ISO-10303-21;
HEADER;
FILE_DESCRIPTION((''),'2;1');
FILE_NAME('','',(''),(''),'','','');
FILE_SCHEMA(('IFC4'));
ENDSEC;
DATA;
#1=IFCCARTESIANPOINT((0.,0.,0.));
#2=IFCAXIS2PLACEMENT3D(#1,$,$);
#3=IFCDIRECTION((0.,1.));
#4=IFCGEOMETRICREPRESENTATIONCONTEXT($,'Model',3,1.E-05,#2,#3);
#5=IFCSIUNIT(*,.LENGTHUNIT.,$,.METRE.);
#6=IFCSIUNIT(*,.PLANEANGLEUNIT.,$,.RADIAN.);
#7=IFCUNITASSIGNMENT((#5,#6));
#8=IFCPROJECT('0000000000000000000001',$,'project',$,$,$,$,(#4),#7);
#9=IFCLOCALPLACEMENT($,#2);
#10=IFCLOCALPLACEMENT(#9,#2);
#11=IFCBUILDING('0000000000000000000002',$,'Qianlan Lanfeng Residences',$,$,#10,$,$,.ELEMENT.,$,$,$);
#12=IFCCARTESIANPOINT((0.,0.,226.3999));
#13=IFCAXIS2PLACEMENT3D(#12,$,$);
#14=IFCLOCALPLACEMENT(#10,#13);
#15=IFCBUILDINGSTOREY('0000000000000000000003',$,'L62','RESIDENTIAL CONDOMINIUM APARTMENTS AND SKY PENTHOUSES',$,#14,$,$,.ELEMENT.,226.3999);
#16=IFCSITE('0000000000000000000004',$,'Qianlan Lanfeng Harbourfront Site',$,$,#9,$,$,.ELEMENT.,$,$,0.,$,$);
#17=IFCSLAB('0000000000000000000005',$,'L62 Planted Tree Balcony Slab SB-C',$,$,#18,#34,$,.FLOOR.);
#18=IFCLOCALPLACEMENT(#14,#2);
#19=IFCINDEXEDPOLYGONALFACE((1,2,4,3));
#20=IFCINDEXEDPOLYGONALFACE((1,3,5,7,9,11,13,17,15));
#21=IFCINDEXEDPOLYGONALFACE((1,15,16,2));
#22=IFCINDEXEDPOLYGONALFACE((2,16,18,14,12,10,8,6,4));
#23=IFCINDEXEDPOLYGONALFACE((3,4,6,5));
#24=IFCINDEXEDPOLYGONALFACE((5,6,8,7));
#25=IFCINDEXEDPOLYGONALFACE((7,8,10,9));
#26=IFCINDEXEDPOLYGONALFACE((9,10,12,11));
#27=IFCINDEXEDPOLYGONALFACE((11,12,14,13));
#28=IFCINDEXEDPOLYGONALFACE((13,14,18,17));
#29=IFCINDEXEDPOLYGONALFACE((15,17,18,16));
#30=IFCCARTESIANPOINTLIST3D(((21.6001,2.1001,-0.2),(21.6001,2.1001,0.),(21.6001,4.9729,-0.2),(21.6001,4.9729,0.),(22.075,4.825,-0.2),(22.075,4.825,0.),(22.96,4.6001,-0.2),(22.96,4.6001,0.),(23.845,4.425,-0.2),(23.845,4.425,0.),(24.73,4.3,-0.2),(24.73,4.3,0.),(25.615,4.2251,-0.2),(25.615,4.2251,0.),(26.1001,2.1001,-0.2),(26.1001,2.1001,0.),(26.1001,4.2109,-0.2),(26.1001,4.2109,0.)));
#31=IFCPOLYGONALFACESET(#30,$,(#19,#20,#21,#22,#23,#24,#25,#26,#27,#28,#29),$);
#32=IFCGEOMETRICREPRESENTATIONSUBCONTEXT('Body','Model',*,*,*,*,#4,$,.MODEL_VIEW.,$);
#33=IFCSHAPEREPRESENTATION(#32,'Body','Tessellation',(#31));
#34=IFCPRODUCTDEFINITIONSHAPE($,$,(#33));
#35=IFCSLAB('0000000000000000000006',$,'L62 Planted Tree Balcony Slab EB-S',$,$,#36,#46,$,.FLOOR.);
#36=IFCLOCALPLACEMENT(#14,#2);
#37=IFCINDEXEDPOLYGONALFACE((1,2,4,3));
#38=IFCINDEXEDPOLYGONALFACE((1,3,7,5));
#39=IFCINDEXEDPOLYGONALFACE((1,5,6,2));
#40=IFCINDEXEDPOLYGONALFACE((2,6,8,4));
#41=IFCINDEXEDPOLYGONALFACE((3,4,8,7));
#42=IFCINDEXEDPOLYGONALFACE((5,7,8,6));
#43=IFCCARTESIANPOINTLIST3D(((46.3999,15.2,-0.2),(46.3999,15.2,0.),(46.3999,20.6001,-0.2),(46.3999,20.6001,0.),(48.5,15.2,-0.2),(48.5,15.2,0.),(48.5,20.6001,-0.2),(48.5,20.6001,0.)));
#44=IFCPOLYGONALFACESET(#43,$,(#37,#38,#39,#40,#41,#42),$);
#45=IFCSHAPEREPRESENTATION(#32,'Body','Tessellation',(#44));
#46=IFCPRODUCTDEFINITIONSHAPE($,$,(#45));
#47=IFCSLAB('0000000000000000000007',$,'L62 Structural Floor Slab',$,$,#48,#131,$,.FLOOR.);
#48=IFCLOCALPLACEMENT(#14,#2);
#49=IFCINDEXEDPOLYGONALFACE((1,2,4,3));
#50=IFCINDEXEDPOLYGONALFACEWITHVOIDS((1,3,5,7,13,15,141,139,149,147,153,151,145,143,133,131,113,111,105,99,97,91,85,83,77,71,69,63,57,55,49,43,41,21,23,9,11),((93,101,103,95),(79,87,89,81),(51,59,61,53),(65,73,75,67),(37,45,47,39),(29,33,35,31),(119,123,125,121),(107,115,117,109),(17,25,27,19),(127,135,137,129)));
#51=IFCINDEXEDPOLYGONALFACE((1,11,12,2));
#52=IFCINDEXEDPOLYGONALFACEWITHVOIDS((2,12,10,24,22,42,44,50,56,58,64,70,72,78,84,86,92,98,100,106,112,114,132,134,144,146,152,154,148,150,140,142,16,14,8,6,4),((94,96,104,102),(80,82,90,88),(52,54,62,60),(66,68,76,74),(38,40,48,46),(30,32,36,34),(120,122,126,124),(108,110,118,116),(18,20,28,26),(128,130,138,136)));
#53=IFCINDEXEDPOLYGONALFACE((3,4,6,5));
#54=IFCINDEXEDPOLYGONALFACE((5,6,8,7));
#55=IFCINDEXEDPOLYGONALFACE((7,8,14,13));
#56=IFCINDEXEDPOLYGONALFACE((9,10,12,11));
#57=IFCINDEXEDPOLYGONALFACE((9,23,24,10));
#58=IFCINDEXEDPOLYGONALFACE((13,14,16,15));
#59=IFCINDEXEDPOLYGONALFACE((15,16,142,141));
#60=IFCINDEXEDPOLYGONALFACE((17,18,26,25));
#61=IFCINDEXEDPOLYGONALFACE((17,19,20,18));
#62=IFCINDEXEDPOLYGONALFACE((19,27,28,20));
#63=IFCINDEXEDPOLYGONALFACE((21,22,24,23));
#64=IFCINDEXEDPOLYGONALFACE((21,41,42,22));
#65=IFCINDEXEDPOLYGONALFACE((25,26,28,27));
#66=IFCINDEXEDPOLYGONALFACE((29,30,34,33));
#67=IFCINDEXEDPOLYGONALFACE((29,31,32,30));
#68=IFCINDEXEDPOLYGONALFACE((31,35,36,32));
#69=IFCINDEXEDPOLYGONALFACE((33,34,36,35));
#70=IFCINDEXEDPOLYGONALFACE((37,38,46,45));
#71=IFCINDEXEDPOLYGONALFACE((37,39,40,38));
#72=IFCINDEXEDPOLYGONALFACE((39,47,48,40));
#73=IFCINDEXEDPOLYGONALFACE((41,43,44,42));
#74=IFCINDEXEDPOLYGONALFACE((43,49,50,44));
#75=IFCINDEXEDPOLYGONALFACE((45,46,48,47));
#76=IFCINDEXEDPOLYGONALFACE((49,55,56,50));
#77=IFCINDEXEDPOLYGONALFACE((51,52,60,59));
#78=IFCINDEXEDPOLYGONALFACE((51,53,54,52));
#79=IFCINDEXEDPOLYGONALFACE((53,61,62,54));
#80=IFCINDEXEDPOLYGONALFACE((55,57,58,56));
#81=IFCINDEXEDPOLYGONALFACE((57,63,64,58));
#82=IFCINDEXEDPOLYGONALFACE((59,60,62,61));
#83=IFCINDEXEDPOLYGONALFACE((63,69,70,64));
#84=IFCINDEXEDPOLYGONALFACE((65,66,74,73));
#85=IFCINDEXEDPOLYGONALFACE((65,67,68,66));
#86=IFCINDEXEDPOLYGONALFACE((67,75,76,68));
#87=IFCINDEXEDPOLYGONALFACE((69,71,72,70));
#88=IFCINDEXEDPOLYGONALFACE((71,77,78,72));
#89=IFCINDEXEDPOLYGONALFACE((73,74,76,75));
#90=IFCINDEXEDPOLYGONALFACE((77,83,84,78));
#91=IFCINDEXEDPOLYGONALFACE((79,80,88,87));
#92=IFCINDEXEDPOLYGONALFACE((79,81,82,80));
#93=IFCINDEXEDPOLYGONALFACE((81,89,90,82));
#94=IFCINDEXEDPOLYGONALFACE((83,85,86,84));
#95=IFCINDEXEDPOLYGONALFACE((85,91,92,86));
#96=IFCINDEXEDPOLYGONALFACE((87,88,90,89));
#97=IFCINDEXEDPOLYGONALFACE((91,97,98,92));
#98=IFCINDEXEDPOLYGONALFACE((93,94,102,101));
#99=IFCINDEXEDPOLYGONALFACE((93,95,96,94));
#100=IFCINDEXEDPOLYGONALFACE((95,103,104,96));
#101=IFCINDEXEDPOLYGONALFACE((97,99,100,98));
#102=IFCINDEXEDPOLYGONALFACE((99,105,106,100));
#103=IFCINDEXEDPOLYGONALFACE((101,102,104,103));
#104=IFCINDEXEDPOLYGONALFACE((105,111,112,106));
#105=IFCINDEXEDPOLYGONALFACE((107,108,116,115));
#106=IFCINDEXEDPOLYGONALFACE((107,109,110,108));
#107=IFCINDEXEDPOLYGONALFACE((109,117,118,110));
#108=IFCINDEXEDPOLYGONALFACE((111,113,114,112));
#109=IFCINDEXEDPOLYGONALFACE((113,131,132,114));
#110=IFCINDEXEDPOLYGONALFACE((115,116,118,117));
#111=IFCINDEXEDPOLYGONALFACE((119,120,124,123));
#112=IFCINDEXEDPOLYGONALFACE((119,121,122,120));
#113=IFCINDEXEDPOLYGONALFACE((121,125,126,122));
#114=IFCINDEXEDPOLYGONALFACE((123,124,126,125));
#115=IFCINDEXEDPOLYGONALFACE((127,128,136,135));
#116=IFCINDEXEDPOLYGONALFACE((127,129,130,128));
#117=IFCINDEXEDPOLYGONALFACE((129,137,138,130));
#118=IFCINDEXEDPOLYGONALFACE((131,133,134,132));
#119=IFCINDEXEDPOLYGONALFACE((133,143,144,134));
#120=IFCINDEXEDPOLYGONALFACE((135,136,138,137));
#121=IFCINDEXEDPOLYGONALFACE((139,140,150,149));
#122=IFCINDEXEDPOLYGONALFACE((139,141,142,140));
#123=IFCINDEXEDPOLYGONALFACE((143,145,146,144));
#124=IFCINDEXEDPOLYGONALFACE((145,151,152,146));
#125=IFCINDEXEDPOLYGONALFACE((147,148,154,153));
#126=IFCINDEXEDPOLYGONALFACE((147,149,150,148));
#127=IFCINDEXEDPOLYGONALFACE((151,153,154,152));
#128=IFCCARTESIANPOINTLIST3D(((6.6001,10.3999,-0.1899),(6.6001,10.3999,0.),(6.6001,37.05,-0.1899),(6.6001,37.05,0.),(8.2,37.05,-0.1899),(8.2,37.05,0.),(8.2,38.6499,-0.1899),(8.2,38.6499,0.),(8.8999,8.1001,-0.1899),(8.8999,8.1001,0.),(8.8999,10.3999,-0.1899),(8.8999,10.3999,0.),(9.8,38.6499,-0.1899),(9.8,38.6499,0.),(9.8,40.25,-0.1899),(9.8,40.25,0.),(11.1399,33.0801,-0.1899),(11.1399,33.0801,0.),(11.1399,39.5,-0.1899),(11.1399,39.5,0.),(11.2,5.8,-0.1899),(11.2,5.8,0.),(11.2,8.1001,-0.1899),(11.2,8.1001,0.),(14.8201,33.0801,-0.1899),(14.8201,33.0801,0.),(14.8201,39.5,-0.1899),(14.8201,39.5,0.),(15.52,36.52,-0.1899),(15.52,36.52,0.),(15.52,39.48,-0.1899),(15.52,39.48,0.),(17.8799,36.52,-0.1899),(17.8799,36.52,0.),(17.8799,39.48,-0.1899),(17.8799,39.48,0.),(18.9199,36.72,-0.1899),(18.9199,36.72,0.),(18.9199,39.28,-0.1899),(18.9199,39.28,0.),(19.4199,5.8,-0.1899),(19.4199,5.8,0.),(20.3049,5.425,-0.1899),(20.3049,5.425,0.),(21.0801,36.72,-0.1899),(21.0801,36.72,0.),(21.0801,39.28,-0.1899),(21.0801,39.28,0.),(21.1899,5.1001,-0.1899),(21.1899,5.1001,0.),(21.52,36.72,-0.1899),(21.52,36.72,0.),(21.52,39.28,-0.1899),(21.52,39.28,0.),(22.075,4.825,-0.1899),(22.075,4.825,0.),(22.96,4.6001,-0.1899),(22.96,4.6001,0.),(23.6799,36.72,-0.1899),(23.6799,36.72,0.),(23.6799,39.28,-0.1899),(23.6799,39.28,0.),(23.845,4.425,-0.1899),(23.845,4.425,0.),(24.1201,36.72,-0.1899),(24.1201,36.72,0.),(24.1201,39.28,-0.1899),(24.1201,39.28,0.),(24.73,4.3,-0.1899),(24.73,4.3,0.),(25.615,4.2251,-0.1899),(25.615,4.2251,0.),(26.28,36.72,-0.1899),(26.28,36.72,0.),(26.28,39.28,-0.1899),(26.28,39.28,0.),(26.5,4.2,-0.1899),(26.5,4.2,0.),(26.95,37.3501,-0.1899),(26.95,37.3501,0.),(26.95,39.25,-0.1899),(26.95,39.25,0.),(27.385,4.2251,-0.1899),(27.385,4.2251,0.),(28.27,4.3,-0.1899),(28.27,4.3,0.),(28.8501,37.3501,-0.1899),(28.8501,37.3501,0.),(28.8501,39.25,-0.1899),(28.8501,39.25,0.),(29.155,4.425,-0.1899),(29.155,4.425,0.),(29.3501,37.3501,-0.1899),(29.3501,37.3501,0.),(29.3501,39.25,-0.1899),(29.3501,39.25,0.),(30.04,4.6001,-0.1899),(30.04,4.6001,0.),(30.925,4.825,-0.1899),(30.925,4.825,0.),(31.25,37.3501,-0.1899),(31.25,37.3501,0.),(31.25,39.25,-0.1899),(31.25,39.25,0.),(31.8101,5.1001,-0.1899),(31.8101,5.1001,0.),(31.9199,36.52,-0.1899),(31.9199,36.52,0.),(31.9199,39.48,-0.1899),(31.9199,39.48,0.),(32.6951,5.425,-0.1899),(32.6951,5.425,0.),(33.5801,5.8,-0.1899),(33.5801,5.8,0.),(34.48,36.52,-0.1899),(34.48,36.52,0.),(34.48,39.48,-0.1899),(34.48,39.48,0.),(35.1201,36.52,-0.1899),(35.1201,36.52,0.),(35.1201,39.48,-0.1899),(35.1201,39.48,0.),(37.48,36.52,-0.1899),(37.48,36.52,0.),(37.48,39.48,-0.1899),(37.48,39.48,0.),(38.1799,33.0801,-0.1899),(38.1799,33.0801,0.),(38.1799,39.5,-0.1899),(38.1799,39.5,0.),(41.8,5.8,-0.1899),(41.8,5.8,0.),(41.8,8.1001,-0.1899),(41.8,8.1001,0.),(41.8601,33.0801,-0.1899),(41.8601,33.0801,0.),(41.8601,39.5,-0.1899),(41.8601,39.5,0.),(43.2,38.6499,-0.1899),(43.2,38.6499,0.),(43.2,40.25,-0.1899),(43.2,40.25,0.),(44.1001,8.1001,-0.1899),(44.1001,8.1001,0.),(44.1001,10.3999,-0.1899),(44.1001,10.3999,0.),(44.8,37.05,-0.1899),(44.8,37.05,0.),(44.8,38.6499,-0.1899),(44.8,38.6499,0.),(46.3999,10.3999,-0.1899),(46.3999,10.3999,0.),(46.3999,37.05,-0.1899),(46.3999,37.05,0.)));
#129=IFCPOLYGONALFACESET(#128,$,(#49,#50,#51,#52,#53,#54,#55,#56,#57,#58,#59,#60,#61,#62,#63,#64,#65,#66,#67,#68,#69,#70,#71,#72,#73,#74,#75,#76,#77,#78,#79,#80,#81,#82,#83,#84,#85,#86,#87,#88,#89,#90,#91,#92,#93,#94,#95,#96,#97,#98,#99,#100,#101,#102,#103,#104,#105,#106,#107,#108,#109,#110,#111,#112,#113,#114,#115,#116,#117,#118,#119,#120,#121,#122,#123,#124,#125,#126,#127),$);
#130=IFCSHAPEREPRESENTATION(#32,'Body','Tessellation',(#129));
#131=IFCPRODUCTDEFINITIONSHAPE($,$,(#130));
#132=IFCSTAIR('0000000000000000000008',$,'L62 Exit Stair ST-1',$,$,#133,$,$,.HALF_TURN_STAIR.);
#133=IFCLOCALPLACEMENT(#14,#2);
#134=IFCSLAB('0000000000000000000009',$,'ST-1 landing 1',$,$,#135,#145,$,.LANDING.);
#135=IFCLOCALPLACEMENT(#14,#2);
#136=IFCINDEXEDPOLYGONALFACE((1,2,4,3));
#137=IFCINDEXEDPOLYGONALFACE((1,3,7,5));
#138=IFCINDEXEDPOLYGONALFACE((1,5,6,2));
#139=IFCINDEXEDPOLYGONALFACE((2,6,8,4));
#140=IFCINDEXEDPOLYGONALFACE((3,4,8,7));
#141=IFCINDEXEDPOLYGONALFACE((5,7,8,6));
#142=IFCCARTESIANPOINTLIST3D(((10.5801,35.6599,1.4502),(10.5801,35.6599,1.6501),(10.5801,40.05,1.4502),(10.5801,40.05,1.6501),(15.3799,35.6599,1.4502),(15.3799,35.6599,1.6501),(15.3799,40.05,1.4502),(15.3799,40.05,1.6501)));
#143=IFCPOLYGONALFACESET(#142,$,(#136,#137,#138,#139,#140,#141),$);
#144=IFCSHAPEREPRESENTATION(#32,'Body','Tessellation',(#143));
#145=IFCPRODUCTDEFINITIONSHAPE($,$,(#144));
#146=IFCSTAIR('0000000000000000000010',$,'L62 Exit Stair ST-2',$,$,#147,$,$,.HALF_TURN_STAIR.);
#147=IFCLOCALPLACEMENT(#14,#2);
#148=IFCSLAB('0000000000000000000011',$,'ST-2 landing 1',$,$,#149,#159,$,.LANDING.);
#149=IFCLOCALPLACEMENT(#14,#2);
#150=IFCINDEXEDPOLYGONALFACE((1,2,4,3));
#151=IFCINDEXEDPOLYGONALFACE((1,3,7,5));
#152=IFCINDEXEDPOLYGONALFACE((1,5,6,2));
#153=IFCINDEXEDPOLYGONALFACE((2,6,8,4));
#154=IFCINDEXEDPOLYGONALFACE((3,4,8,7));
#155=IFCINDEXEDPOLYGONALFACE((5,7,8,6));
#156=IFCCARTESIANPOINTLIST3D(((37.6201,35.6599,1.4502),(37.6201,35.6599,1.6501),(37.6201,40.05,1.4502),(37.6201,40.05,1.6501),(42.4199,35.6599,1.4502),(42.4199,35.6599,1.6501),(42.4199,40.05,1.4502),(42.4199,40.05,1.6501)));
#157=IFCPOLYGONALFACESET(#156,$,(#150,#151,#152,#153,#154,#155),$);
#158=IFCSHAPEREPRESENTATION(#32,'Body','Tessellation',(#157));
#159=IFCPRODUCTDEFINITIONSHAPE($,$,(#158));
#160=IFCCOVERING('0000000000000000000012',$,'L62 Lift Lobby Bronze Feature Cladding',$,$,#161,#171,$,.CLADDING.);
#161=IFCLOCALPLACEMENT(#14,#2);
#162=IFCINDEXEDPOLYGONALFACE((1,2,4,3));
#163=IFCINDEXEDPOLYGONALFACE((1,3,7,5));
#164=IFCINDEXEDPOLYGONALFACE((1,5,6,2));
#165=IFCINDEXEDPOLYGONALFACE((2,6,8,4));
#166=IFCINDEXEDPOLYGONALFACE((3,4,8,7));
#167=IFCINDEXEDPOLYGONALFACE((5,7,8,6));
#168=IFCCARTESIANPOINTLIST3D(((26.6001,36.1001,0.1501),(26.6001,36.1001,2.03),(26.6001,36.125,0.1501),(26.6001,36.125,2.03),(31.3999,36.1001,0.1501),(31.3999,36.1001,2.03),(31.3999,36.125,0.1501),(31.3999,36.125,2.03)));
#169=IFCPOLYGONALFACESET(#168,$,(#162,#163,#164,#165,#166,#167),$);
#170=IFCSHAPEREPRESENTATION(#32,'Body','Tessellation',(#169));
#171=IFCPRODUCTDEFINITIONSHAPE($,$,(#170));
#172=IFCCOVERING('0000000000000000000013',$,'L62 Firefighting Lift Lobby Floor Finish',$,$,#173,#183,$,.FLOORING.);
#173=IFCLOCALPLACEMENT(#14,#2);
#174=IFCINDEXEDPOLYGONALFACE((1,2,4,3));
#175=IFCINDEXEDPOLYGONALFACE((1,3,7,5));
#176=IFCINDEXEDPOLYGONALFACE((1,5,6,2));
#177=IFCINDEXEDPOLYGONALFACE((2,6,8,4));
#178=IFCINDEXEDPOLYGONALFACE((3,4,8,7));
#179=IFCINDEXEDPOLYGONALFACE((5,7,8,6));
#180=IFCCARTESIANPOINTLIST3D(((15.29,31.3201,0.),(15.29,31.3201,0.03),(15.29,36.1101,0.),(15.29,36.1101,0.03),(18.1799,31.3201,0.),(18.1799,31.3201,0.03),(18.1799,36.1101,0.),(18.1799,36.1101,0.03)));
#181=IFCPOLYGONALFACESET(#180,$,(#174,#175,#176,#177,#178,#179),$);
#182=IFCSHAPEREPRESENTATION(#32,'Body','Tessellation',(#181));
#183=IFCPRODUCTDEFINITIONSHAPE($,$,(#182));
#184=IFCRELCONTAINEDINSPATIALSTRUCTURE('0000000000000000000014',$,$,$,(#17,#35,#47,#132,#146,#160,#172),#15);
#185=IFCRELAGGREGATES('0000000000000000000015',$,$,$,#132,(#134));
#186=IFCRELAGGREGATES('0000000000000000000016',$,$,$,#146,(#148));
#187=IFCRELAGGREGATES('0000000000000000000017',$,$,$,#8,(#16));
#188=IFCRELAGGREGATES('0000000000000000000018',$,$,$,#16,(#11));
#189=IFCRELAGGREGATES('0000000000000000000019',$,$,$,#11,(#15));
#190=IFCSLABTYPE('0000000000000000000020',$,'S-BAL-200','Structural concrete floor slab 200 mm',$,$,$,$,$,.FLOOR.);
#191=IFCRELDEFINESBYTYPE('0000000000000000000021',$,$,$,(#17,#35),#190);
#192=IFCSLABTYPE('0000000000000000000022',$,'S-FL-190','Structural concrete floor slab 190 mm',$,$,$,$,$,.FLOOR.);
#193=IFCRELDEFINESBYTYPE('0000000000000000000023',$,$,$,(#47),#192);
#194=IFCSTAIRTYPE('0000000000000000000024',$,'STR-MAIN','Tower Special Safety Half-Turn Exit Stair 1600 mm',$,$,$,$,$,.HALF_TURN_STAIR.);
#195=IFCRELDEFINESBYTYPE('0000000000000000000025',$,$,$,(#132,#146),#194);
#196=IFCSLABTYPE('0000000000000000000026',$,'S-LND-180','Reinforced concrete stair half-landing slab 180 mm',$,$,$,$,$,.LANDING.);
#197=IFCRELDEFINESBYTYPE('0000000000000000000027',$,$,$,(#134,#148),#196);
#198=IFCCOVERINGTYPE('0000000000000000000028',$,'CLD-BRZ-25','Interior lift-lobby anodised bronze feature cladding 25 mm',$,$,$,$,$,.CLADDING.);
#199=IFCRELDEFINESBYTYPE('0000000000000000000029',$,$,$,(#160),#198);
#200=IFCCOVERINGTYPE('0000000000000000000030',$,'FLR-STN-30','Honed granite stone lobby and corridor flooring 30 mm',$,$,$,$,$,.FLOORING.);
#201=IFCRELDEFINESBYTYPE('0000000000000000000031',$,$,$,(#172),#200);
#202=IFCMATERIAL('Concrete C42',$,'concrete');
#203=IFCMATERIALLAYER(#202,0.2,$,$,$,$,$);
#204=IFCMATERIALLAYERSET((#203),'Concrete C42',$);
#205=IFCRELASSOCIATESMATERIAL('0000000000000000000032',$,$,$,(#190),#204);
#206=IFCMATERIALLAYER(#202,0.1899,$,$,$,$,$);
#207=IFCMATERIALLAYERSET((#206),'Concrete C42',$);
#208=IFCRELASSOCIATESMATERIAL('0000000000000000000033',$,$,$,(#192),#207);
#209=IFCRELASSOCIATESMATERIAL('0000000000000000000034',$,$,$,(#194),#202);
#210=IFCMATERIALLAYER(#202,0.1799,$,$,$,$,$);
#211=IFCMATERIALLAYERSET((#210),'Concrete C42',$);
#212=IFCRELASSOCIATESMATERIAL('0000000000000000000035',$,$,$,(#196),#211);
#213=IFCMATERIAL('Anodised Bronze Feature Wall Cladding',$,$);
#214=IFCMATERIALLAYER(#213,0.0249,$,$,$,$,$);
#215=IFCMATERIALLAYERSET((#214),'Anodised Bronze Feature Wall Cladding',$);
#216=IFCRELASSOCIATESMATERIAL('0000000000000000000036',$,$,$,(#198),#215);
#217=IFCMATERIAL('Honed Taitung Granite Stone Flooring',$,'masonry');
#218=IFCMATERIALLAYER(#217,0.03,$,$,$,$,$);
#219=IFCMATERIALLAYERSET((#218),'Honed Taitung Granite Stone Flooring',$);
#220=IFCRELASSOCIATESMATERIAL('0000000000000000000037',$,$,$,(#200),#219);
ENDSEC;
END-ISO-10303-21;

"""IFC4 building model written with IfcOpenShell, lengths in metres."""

from ifc_helpers import new_model, si_unit, direction, frame, origin, place, context, subcontext, project, spatial, polyline, outline, extrude, material, layer, layer_set, type_object, element, aggregate, save


model = new_model("IFC4")

# Units and contexts
model_context = context("Model", 3, precision=1e-05, world=origin(), true_north=direction((0.0, 1.0)))
body_context = subcontext(model_context, "Body", "Model", "MODEL_VIEW")
ifc_project = project(units=[si_unit("LENGTHUNIT", "METRE"), si_unit("PLANEANGLEUNIT", "RADIAN")], contexts=[model_context])

# Site, building, storey
site_placement = place(None, origin())
site = spatial("IfcSite", under=ifc_project, at=site_placement, Name="Qianlan Lanfeng Harbourfront Site", CompositionType="ELEMENT", RefElevation=0.0)
building_placement = place(site_placement, origin())
building = spatial("IfcBuilding", under=site, at=building_placement, Name="Qianlan Lanfeng Residences", CompositionType="ELEMENT")
storey_placement = place(building_placement, frame((0.0, 0.0, 226.3999)))
storey = spatial("IfcBuildingStorey", under=building, at=storey_placement, Name="L62", Description="RESIDENTIAL CONDOMINIUM APARTMENTS AND SKY PENTHOUSES", CompositionType="ELEMENT", Elevation=226.3999)

# Slabs
ifc_material_1 = material(Name="Concrete C42", Category="concrete")
ifc_layer_1 = layer(ifc_material_1, 0.2)
ifc_layer_set_1 = layer_set([ifc_layer_1], Name="Concrete C42")
slab_type_1 = type_object("IfcSlabType", Name="S-BAL-200", Description="Structural concrete floor slab 200 mm", PredefinedType="FLOOR", material=ifc_layer_set_1)
slab_1_placement = place(storey_placement, frame((0.0, 0.0, -0.2)))
element("IfcSlab", 1, at=slab_1_placement, inside=storey, type_object=slab_type_1, Name="L62 Planted Tree Balcony Slab SB-C", PredefinedType="FLOOR", context=body_context, shape_type="SweptSolid", body=[
    extrude(outline(polyline([(26.1001, 4.2109), (25.615, 4.2251), (24.73, 4.3), (23.845, 4.425), (22.96, 4.6001), (22.075, 4.825), (21.6001, 4.9729), (21.6001, 2.1001), (26.1001, 2.1001), (26.1001, 4.2109)])), origin(), (0.0, 0.0, 1.0), 0.2),
])
slab_2_placement = place(storey_placement, frame((0.0, 0.0, -0.2)))
element("IfcSlab", 2, at=slab_2_placement, inside=storey, type_object=slab_type_1, Name="L62 Planted Tree Balcony Slab EB-S", PredefinedType="FLOOR", context=body_context, shape_type="SweptSolid", body=[
    extrude(outline(polyline([(46.3999, 20.6001), (46.3999, 15.2), (48.5, 15.2), (48.5, 20.6001), (46.3999, 20.6001)])), origin(), (0.0, 0.0, 1.0), 0.2),
])
ifc_layer_2 = layer(ifc_material_1, 0.1899)
ifc_layer_set_2 = layer_set([ifc_layer_2], Name="Concrete C42")
slab_type_2 = type_object("IfcSlabType", Name="S-FL-190", Description="Structural concrete floor slab 190 mm", PredefinedType="FLOOR", material=ifc_layer_set_2)
slab_3_placement = place(storey_placement, frame((0.0, 0.0, -0.1899)))
element("IfcSlab", 3, at=slab_3_placement, inside=storey, type_object=slab_type_2, Name="L62 Structural Floor Slab", PredefinedType="FLOOR", context=body_context, shape_type="SweptSolid", body=[
    extrude(outline(polyline([(6.6001, 10.3999), (8.8999, 10.3999), (8.8999, 8.1001), (11.2, 8.1001), (11.2, 5.8), (19.4199, 5.8), (20.3049, 5.425), (21.1899, 5.1001), (22.075, 4.825), (22.96, 4.6001), (23.845, 4.425), (24.73, 4.3), (25.615, 4.2251), (26.5, 4.2), (27.385, 4.2251), (28.27, 4.3), (29.155, 4.425), (30.04, 4.6001), (30.925, 4.825), (31.8101, 5.1001), (32.6951, 5.425), (33.5801, 5.8), (41.8, 5.8), (41.8, 8.1001), (44.1001, 8.1001), (44.1001, 10.3999), (46.3999, 10.3999), (46.3999, 37.05), (44.8, 37.05), (44.8, 38.6499), (43.2, 38.6499), (43.2, 40.25), (9.8, 40.25), (9.8, 38.6499), (8.2, 38.6499), (8.2, 37.05), (6.6001, 37.05), (6.6001, 10.3999)]), holes=[polyline([(11.1399, 33.0801), (11.1399, 39.5), (14.8201, 39.5), (14.8201, 33.0801), (11.1399, 33.0801)]), polyline([(38.1799, 33.0801), (38.1799, 39.5), (41.8601, 39.5), (41.8601, 33.0801), (38.1799, 33.0801)]), polyline([(15.52, 36.52), (15.52, 39.48), (17.8799, 39.48), (17.8799, 36.52), (15.52, 36.52)]), polyline([(35.1201, 36.52), (35.1201, 39.48), (37.48, 39.48), (37.48, 36.52), (35.1201, 36.52)]), polyline([(31.9199, 36.52), (31.9199, 39.48), (34.48, 39.48), (34.48, 36.52), (31.9199, 36.52)]), polyline([(18.9199, 36.72), (18.9199, 39.28), (21.0801, 39.28), (21.0801, 36.72), (18.9199, 36.72)]), polyline([(21.52, 36.72), (21.52, 39.28), (23.6799, 39.28), (23.6799, 36.72), (21.52, 36.72)]), polyline([(24.1201, 36.72), (24.1201, 39.28), (26.28, 39.28), (26.28, 36.72), (24.1201, 36.72)]), polyline([(26.95, 37.3501), (26.95, 39.25), (28.8501, 39.25), (28.8501, 37.3501), (26.95, 37.3501)]), polyline([(29.3501, 37.3501), (29.3501, 39.25), (31.25, 39.25), (31.25, 37.3501), (29.3501, 37.3501)])]), origin(), (0.0, 0.0, 1.0), 0.1899),
])

# Stairs, slabs
stair_type = type_object("IfcStairType", Name="STR-MAIN", Description="Tower Special Safety Half-Turn Exit Stair 1600 mm", PredefinedType="HALF_TURN_STAIR", material=ifc_material_1)
stair_1_placement = place(storey_placement, origin())
stair_1 = element("IfcStair", 4, at=stair_1_placement, inside=storey, type_object=stair_type, Name="L62 Exit Stair ST-1", PredefinedType="HALF_TURN_STAIR")
ifc_layer_3 = layer(ifc_material_1, 0.1799)
ifc_layer_set_3 = layer_set([ifc_layer_3], Name="Concrete C42")
slab_type_3 = type_object("IfcSlabType", Name="S-LND-180", Description="Reinforced concrete stair half-landing slab 180 mm", PredefinedType="LANDING", material=ifc_layer_set_3)
slab_4_placement = place(storey_placement, frame((0.0, 0.0, 1.4502)))
slab_4 = element("IfcSlab", 5, at=slab_4_placement, type_object=slab_type_3, Name="ST-1 landing 1", PredefinedType="LANDING", context=body_context, shape_type="SweptSolid", body=[
    extrude(outline(polyline([(10.5801, 35.6599), (15.3799, 35.6599), (15.3799, 40.05), (10.5801, 40.05), (10.5801, 35.6599)])), origin(), (0.0, 0.0, 1.0), 0.2),
])
aggregate(stair_1, [slab_4])
stair_2_placement = place(storey_placement, origin())
stair_2 = element("IfcStair", 6, at=stair_2_placement, inside=storey, type_object=stair_type, Name="L62 Exit Stair ST-2", PredefinedType="HALF_TURN_STAIR")
slab_5_placement = place(storey_placement, frame((0.0, 0.0, 1.4502)))
slab_5 = element("IfcSlab", 7, at=slab_5_placement, type_object=slab_type_3, Name="ST-2 landing 1", PredefinedType="LANDING", context=body_context, shape_type="SweptSolid", body=[
    extrude(outline(polyline([(37.6201, 35.6599), (42.4199, 35.6599), (42.4199, 40.05), (37.6201, 40.05), (37.6201, 35.6599)])), origin(), (0.0, 0.0, 1.0), 0.2),
])
aggregate(stair_2, [slab_5])

# Coverings
ifc_material_2 = material(Name="Anodised Bronze Feature Wall Cladding")
ifc_layer_4 = layer(ifc_material_2, 0.0249)
ifc_layer_set_4 = layer_set([ifc_layer_4], Name="Anodised Bronze Feature Wall Cladding")
covering_type_1 = type_object("IfcCoveringType", Name="CLD-BRZ-25", Description="Interior lift-lobby anodised bronze feature cladding 25 mm", PredefinedType="CLADDING", material=ifc_layer_set_4)
covering_1_placement = place(storey_placement, frame((0.0, 0.0, 0.1501)))
element("IfcCovering", 8, at=covering_1_placement, inside=storey, type_object=covering_type_1, Name="L62 Lift Lobby Bronze Feature Cladding", PredefinedType="CLADDING", context=body_context, shape_type="SweptSolid", body=[
    extrude(outline(polyline([(26.6001, 36.1001), (31.3999, 36.1001), (31.3999, 36.125), (26.6001, 36.125), (26.6001, 36.1001)])), origin(), (0.0, 0.0, 1.0), 1.8799),
])
ifc_material_3 = material(Name="Honed Taitung Granite Stone Flooring", Category="masonry")
ifc_layer_5 = layer(ifc_material_3, 0.03)
ifc_layer_set_5 = layer_set([ifc_layer_5], Name="Honed Taitung Granite Stone Flooring")
covering_type_2 = type_object("IfcCoveringType", Name="FLR-STN-30", Description="Honed granite stone lobby and corridor flooring 30 mm", PredefinedType="FLOORING", material=ifc_layer_set_5)
covering_2_placement = place(storey_placement, origin())
element("IfcCovering", 9, at=covering_2_placement, inside=storey, type_object=covering_type_2, Name="L62 Firefighting Lift Lobby Floor Finish", PredefinedType="FLOORING", context=body_context, shape_type="SweptSolid", body=[
    extrude(outline(polyline([(15.29, 31.3201), (18.1799, 31.3201), (18.1799, 36.1101), (15.29, 36.1101), (15.29, 31.3201)])), origin(), (0.0, 0.0, 1.0), 0.03),
])

save(model, "model.ifc")
